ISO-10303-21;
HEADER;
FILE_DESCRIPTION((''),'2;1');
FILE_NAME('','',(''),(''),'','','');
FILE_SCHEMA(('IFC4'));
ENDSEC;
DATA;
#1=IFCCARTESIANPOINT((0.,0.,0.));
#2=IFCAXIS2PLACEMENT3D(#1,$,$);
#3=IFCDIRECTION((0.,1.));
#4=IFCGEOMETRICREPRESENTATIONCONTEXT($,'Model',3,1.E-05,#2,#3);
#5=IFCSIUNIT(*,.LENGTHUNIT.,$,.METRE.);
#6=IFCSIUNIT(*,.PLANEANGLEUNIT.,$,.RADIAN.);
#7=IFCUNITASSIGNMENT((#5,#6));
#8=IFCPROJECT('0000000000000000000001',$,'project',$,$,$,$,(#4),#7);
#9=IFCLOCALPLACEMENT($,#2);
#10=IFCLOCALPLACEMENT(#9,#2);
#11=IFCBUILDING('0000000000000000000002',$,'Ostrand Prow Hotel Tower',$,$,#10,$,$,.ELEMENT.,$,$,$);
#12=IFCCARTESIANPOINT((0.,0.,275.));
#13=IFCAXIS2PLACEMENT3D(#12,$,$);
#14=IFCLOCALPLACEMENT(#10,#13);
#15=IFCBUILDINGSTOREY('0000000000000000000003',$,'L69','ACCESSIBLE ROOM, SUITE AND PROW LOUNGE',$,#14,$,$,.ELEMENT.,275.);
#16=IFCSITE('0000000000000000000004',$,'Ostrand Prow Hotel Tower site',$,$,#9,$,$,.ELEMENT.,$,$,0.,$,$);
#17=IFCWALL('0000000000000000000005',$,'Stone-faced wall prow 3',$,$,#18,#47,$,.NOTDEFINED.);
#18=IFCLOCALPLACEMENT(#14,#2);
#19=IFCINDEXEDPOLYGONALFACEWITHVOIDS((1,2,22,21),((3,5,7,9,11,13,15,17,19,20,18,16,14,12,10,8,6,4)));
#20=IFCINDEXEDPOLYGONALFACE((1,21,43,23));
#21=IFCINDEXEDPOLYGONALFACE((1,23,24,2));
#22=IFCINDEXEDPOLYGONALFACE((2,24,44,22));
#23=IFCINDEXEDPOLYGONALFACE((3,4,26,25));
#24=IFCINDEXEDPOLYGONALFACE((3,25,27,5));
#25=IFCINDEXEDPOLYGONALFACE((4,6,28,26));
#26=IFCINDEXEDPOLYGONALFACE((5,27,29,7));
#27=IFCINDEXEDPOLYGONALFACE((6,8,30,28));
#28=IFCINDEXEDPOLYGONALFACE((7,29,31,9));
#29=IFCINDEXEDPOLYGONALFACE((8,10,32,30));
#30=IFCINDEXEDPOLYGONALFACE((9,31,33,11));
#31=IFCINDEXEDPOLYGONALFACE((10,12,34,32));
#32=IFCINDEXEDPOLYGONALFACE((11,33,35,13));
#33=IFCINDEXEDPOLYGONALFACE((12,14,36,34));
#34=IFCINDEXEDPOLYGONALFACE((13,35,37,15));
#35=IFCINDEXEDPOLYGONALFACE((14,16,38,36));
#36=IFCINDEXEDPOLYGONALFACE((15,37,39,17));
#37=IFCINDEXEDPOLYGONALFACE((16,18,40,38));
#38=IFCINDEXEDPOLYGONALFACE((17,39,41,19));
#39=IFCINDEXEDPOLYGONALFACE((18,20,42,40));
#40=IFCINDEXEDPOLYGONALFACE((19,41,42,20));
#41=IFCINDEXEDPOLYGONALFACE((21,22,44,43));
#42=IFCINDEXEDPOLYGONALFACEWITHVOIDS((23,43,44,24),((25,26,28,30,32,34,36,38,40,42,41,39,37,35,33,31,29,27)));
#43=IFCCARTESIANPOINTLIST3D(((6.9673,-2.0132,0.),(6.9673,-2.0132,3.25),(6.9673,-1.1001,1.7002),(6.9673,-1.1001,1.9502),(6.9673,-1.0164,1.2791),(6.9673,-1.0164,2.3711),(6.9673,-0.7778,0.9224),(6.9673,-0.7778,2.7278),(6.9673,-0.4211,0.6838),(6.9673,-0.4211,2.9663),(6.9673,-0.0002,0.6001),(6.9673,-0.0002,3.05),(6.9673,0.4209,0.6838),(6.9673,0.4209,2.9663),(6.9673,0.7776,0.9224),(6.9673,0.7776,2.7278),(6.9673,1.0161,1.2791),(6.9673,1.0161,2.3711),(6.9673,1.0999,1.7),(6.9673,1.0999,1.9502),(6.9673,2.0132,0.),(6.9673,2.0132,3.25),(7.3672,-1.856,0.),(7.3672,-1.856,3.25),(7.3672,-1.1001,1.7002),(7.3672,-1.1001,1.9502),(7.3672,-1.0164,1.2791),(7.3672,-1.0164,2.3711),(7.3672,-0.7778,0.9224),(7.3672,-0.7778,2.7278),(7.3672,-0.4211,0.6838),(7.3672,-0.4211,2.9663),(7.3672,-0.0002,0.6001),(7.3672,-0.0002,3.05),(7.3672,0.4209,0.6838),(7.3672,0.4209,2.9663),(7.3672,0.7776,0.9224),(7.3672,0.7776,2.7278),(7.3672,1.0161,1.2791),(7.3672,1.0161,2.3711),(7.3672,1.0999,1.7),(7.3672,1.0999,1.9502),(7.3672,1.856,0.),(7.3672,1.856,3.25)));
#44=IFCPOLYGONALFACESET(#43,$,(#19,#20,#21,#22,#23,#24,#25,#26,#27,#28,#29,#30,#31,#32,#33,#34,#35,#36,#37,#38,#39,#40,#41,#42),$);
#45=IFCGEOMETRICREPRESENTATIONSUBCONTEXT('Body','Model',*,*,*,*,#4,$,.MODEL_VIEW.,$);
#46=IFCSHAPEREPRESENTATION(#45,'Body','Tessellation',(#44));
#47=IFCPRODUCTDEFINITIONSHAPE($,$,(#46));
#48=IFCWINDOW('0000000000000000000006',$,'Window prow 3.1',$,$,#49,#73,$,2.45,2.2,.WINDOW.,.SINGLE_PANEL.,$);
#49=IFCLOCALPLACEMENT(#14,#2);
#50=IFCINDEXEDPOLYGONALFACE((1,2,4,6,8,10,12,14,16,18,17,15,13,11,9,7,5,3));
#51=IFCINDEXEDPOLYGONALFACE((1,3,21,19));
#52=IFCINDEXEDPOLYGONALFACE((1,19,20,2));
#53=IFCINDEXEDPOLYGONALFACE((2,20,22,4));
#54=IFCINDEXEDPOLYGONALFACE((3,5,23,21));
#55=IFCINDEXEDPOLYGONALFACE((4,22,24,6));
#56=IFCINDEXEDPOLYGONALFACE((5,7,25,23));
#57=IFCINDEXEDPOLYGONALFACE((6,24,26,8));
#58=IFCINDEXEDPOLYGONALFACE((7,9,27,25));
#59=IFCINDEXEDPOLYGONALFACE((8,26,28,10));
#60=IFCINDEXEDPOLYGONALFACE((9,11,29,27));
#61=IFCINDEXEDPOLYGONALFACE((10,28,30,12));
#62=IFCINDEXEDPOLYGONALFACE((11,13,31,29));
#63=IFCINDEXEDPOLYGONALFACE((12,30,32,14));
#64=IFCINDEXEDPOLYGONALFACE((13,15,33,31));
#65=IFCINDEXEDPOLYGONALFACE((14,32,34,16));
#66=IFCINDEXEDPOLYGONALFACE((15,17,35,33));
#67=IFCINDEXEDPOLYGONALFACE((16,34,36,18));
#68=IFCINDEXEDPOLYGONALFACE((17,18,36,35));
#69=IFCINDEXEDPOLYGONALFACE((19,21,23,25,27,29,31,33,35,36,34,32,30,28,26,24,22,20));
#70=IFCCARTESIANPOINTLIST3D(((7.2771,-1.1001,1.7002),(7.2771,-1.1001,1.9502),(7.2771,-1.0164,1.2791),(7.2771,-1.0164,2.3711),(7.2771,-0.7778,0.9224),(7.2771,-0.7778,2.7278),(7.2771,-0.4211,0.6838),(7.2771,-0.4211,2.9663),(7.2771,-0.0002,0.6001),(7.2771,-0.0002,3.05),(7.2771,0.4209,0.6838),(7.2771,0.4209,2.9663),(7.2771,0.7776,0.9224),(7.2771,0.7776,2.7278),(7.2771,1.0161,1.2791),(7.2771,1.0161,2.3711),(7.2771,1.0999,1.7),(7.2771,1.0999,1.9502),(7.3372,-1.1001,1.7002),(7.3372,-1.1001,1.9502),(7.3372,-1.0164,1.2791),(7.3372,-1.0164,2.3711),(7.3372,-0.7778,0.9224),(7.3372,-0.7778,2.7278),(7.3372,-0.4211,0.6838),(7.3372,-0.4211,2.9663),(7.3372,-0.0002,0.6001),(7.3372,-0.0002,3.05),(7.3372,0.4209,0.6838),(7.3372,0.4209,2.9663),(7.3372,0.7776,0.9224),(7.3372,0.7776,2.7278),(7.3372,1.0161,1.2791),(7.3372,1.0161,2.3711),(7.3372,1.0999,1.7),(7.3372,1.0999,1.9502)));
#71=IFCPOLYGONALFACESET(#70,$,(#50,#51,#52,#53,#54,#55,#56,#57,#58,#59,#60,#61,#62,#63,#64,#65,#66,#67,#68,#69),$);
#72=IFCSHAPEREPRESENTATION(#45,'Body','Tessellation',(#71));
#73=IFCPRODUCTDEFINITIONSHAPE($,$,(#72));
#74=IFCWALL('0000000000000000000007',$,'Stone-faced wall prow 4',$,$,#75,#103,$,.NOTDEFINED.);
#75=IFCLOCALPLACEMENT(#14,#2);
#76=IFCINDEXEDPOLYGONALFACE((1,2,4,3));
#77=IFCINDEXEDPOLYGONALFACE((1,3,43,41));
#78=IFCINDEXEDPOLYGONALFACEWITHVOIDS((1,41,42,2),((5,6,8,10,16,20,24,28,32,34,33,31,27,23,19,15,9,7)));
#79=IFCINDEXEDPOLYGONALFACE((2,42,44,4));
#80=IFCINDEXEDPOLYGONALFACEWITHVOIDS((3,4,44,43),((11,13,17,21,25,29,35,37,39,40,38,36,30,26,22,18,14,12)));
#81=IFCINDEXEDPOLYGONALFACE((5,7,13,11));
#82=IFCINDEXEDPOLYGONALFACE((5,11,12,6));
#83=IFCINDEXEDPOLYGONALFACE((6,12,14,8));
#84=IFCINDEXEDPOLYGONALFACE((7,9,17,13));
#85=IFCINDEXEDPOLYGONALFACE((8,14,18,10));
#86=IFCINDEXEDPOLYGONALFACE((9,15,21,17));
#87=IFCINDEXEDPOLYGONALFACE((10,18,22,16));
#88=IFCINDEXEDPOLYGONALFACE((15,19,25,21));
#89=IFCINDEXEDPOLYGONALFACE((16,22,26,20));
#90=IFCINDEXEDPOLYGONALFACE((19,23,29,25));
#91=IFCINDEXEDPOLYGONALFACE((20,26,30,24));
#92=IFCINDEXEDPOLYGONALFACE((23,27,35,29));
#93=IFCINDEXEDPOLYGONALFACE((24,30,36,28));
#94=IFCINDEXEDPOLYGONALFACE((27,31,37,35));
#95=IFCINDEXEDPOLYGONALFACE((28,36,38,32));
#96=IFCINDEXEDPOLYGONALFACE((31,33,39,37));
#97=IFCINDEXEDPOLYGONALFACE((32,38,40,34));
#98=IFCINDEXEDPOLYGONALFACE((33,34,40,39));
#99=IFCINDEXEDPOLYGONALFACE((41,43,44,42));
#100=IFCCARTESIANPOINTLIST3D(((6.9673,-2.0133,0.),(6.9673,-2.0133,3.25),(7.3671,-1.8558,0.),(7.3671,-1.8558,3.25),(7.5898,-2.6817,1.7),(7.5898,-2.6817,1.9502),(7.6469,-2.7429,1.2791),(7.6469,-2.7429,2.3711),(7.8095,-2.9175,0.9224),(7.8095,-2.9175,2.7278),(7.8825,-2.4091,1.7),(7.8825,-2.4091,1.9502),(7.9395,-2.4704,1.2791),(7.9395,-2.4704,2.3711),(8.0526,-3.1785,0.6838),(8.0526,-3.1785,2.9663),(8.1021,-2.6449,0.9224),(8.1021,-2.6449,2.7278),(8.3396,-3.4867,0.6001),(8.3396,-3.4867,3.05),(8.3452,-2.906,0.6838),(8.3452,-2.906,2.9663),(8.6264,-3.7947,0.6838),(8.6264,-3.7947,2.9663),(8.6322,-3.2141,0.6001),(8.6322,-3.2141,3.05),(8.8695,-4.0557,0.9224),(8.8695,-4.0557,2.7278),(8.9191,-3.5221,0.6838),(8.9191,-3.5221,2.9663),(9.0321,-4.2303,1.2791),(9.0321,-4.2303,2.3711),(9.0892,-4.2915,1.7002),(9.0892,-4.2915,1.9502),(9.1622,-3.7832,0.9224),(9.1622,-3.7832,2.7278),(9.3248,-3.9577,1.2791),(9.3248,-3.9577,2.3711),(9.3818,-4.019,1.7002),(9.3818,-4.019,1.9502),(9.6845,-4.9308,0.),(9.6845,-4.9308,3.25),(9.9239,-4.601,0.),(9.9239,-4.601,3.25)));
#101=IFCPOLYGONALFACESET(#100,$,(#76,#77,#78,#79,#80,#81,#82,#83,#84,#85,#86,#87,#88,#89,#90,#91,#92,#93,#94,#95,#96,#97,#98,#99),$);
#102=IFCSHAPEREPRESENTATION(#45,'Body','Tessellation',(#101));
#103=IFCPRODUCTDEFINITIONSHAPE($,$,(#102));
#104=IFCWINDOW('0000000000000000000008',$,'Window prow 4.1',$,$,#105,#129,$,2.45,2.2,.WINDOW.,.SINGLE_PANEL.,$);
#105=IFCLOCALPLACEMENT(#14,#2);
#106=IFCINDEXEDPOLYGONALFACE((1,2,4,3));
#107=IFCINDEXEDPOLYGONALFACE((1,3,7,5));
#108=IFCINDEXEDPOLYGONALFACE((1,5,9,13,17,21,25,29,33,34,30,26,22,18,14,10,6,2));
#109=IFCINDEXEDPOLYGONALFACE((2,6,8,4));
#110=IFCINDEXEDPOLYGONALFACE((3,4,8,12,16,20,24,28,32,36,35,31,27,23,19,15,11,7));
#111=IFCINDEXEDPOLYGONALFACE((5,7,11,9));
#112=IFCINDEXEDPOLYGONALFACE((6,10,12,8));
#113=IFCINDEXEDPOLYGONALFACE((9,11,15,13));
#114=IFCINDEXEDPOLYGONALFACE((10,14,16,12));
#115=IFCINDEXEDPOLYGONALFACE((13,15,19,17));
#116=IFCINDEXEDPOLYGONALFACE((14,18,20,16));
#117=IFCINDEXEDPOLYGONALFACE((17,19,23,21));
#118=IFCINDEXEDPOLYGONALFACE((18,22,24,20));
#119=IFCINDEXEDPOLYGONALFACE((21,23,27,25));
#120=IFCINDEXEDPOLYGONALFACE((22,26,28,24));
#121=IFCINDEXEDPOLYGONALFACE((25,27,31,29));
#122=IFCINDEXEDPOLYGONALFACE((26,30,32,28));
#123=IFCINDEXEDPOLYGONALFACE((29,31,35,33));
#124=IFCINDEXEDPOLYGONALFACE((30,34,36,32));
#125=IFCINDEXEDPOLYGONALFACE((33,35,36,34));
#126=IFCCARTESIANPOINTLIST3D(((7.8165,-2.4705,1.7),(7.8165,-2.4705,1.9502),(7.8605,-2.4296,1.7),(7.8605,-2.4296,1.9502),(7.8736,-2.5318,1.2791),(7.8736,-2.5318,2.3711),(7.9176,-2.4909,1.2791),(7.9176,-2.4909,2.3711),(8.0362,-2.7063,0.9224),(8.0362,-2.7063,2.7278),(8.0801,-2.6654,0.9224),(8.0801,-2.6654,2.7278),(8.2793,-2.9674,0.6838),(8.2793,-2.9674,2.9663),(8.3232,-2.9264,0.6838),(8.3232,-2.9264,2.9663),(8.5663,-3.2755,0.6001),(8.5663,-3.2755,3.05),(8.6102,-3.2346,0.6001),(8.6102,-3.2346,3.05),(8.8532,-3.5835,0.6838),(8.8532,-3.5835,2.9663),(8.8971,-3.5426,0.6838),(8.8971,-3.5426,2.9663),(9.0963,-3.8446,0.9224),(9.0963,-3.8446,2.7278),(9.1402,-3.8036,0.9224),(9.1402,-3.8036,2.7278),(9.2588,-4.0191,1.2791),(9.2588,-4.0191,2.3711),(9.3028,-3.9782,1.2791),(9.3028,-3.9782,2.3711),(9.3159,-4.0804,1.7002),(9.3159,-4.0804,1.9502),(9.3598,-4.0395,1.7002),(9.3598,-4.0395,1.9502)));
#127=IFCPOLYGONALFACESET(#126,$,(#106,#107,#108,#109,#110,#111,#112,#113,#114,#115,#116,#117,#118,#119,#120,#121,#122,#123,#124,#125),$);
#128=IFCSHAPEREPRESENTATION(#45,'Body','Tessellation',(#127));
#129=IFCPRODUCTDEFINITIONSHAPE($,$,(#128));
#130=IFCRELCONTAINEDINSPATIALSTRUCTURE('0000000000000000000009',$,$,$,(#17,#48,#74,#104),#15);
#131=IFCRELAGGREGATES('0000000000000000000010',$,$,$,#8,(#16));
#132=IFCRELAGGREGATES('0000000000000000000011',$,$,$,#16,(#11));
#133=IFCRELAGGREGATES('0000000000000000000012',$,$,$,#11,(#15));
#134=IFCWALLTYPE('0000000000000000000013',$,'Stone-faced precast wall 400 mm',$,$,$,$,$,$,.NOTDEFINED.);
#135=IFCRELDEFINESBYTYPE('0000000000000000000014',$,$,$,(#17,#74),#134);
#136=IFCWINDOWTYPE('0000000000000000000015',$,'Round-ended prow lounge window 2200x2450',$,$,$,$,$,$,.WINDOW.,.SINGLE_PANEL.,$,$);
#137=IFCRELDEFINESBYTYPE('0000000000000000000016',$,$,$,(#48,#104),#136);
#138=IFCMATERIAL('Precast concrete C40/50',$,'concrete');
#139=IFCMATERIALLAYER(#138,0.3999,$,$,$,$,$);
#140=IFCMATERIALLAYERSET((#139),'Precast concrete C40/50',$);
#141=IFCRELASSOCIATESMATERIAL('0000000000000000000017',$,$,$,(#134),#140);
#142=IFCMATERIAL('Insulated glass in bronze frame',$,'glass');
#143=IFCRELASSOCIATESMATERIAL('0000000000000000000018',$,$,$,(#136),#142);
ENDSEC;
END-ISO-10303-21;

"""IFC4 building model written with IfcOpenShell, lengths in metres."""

from ifc_helpers import new_model, si_unit, direction, frame, origin, place, context, subcontext, project, spatial, polyline, outline, extrude, material, layer, layer_set, type_object, element, fill, save


model = new_model("IFC4")

# Units and contexts
model_context = context("Model", 3, precision=1e-05, world=origin(), true_north=direction((0.0, 1.0)))
body_context = subcontext(model_context, "Body", "Model", "MODEL_VIEW")
ifc_project = project(units=[si_unit("LENGTHUNIT", "METRE"), si_unit("PLANEANGLEUNIT", "RADIAN")], contexts=[model_context])

# Site, building, storey
site_placement = place(None, origin())
site = spatial("IfcSite", under=ifc_project, at=site_placement, Name="Ostrand Prow Hotel Tower site", CompositionType="ELEMENT", RefElevation=0.0)
building_placement = place(site_placement, origin())
building = spatial("IfcBuilding", under=site, at=building_placement, Name="Ostrand Prow Hotel Tower", CompositionType="ELEMENT")
storey_placement = place(building_placement, frame((0.0, 0.0, 275.0)))
storey = spatial("IfcBuildingStorey", under=building, at=storey_placement, Name="L69", Description="ACCESSIBLE ROOM, SUITE AND PROW LOUNGE", CompositionType="ELEMENT", Elevation=275.0)

# Walls, openings, windows
ifc_material_1 = material(Name="Precast concrete C40/50", Category="concrete")
ifc_layer_1 = layer(ifc_material_1, 0.3999)
ifc_layer_set_1 = layer_set([ifc_layer_1], Name="Precast concrete C40/50")
wall_type_1 = type_object("IfcWallType", Name="Stone-faced precast wall 400 mm", PredefinedType="NOTDEFINED", material=ifc_layer_set_1)
ifc_material_2 = material(Name="Insulated glass in bronze frame", Category="glass")
window_type = type_object("IfcWindowType", Name="Round-ended prow lounge window 2200x2450", PartitioningType="SINGLE_PANEL", PredefinedType="WINDOW", material=ifc_material_2)
wall_1_placement = place(storey_placement, frame((7.1672, 1.9346, 0.0), z_axis=(0.0, 0.0, 1.0), x_axis=(0.0, -1.0, 0.0)))
wall_1 = element("IfcWall", 1, at=wall_1_placement, inside=storey, type_object=wall_type_1, Name="Stone-faced wall prow 3", PredefinedType="NOTDEFINED", context=body_context, shape_type="SweptSolid", body=[
    extrude(outline(polyline([(-0.0786, -0.2), (3.9478, -0.2), (3.7905, 0.2), (0.0786, 0.2), (-0.0786, -0.2)])), origin(), (0.0, 0.0, 1.0), 3.25),
])
opening_1_placement = place(wall_1_placement, frame((0.8347, 0.0, 0.6001)))
opening_1 = element("IfcOpeningElement", 2, at=opening_1_placement, cuts=wall_1, PredefinedType="OPENING", context=body_context, shape_type="SweptSolid", body=[
    extrude(outline(polyline([(0.0, 1.3501), (0.0837, 1.771), (0.3223, 2.1277), (0.679, 2.3662), (1.1001, 2.45), (1.521, 2.3662), (1.8777, 2.1277), (2.1162, 1.771), (2.2, 1.3501), (2.2, 1.1001), (2.1162, 0.679), (1.8777, 0.3223), (1.521, 0.0837), (1.1001, 0.0), (0.679, 0.0837), (0.3223, 0.3223), (0.0837, 0.679), (0.0, 1.0999), (0.0, 1.3501)])), frame((0.0, 0.21, 0.0), z_axis=(0.0, -1.0, 0.0), x_axis=(1.0, 0.0, 0.0)), (0.0, 0.0, 1.0), 0.4199),
])
window_1_placement = place(opening_1_placement, origin())
window_1 = element("IfcWindow", 3, at=window_1_placement, inside=storey, type_object=window_type, Name="Window prow 3.1", OverallHeight=2.45, OverallWidth=2.2, PartitioningType="SINGLE_PANEL", PredefinedType="WINDOW", context=body_context, shape_type="SweptSolid", body=[
    extrude(outline(polyline([(0.0, 1.3501), (0.0837, 1.771), (0.3223, 2.1277), (0.679, 2.3662), (1.1001, 2.45), (1.521, 2.3662), (1.8777, 2.1277), (2.1162, 1.771), (2.2, 1.3501), (2.2, 1.1001), (2.1162, 0.679), (1.8777, 0.3223), (1.521, 0.0837), (1.1001, 0.0), (0.679, 0.0837), (0.3223, 0.3223), (0.0837, 0.679), (0.0, 1.0999), (0.0, 1.3501)])), frame((0.0, 0.1699, 0.0), z_axis=(0.0, -1.0, 0.0), x_axis=(1.0, 0.0, 0.0)), (0.0, 0.0, 1.0), 0.0601),
])
fill(opening_1, window_1)
wall_2_placement = place(storey_placement, frame((7.1672, -1.9346, 0.0), z_axis=(0.0, 0.0, 1.0), x_axis=(0.681547, -0.731775, 0.0)))
wall_2 = element("IfcWall", 4, at=wall_2_placement, inside=storey, type_object=wall_type_1, Name="Stone-faced wall prow 4", PredefinedType="NOTDEFINED", context=body_context, shape_type="SweptSolid", body=[
    extrude(outline(polyline([(-0.0786, -0.2), (3.9082, -0.2), (3.8301, 0.2), (0.0786, 0.2), (-0.0786, -0.2)])), origin(), (0.0, 0.0, 1.0), 3.25),
])
opening_2_placement = place(wall_2_placement, frame((0.8347, 0.0, 0.6001)))
opening_2 = element("IfcOpeningElement", 5, at=opening_2_placement, cuts=wall_2, PredefinedType="OPENING", context=body_context, shape_type="SweptSolid", body=[
    extrude(outline(polyline([(0.0, 1.3501), (0.0837, 1.771), (0.3223, 2.1277), (0.679, 2.3662), (1.1001, 2.45), (1.521, 2.3662), (1.8777, 2.1277), (2.1162, 1.771), (2.2, 1.3501), (2.2, 1.1001), (2.1162, 0.679), (1.8777, 0.3223), (1.521, 0.0837), (1.1001, 0.0), (0.679, 0.0837), (0.3223, 0.3223), (0.0837, 0.679), (0.0, 1.0999), (0.0, 1.3501)])), frame((0.0, 0.21, 0.0), z_axis=(0.0, -1.0, 0.0), x_axis=(1.0, 0.0, 0.0)), (0.0, 0.0, 1.0), 0.4199),
])
window_2_placement = place(opening_2_placement, origin())
window_2 = element("IfcWindow", 6, at=window_2_placement, inside=storey, type_object=window_type, Name="Window prow 4.1", OverallHeight=2.45, OverallWidth=2.2, PartitioningType="SINGLE_PANEL", PredefinedType="WINDOW", context=body_context, shape_type="SweptSolid", body=[
    extrude(outline(polyline([(0.0, 1.3501), (0.0837, 1.771), (0.3223, 2.1277), (0.679, 2.3662), (1.1001, 2.45), (1.521, 2.3662), (1.8777, 2.1277), (2.1162, 1.771), (2.2, 1.3501), (2.2, 1.1001), (2.1162, 0.679), (1.8777, 0.3223), (1.521, 0.0837), (1.1001, 0.0), (0.679, 0.0837), (0.3223, 0.3223), (0.0837, 0.679), (0.0, 1.0999), (0.0, 1.3501)])), frame((0.0, 0.1699, 0.0), z_axis=(0.0, -1.0, 0.0), x_axis=(1.0, 0.0, 0.0)), (0.0, 0.0, 1.0), 0.0601),
])
fill(opening_2, window_2)

save(model, "model.ifc")
